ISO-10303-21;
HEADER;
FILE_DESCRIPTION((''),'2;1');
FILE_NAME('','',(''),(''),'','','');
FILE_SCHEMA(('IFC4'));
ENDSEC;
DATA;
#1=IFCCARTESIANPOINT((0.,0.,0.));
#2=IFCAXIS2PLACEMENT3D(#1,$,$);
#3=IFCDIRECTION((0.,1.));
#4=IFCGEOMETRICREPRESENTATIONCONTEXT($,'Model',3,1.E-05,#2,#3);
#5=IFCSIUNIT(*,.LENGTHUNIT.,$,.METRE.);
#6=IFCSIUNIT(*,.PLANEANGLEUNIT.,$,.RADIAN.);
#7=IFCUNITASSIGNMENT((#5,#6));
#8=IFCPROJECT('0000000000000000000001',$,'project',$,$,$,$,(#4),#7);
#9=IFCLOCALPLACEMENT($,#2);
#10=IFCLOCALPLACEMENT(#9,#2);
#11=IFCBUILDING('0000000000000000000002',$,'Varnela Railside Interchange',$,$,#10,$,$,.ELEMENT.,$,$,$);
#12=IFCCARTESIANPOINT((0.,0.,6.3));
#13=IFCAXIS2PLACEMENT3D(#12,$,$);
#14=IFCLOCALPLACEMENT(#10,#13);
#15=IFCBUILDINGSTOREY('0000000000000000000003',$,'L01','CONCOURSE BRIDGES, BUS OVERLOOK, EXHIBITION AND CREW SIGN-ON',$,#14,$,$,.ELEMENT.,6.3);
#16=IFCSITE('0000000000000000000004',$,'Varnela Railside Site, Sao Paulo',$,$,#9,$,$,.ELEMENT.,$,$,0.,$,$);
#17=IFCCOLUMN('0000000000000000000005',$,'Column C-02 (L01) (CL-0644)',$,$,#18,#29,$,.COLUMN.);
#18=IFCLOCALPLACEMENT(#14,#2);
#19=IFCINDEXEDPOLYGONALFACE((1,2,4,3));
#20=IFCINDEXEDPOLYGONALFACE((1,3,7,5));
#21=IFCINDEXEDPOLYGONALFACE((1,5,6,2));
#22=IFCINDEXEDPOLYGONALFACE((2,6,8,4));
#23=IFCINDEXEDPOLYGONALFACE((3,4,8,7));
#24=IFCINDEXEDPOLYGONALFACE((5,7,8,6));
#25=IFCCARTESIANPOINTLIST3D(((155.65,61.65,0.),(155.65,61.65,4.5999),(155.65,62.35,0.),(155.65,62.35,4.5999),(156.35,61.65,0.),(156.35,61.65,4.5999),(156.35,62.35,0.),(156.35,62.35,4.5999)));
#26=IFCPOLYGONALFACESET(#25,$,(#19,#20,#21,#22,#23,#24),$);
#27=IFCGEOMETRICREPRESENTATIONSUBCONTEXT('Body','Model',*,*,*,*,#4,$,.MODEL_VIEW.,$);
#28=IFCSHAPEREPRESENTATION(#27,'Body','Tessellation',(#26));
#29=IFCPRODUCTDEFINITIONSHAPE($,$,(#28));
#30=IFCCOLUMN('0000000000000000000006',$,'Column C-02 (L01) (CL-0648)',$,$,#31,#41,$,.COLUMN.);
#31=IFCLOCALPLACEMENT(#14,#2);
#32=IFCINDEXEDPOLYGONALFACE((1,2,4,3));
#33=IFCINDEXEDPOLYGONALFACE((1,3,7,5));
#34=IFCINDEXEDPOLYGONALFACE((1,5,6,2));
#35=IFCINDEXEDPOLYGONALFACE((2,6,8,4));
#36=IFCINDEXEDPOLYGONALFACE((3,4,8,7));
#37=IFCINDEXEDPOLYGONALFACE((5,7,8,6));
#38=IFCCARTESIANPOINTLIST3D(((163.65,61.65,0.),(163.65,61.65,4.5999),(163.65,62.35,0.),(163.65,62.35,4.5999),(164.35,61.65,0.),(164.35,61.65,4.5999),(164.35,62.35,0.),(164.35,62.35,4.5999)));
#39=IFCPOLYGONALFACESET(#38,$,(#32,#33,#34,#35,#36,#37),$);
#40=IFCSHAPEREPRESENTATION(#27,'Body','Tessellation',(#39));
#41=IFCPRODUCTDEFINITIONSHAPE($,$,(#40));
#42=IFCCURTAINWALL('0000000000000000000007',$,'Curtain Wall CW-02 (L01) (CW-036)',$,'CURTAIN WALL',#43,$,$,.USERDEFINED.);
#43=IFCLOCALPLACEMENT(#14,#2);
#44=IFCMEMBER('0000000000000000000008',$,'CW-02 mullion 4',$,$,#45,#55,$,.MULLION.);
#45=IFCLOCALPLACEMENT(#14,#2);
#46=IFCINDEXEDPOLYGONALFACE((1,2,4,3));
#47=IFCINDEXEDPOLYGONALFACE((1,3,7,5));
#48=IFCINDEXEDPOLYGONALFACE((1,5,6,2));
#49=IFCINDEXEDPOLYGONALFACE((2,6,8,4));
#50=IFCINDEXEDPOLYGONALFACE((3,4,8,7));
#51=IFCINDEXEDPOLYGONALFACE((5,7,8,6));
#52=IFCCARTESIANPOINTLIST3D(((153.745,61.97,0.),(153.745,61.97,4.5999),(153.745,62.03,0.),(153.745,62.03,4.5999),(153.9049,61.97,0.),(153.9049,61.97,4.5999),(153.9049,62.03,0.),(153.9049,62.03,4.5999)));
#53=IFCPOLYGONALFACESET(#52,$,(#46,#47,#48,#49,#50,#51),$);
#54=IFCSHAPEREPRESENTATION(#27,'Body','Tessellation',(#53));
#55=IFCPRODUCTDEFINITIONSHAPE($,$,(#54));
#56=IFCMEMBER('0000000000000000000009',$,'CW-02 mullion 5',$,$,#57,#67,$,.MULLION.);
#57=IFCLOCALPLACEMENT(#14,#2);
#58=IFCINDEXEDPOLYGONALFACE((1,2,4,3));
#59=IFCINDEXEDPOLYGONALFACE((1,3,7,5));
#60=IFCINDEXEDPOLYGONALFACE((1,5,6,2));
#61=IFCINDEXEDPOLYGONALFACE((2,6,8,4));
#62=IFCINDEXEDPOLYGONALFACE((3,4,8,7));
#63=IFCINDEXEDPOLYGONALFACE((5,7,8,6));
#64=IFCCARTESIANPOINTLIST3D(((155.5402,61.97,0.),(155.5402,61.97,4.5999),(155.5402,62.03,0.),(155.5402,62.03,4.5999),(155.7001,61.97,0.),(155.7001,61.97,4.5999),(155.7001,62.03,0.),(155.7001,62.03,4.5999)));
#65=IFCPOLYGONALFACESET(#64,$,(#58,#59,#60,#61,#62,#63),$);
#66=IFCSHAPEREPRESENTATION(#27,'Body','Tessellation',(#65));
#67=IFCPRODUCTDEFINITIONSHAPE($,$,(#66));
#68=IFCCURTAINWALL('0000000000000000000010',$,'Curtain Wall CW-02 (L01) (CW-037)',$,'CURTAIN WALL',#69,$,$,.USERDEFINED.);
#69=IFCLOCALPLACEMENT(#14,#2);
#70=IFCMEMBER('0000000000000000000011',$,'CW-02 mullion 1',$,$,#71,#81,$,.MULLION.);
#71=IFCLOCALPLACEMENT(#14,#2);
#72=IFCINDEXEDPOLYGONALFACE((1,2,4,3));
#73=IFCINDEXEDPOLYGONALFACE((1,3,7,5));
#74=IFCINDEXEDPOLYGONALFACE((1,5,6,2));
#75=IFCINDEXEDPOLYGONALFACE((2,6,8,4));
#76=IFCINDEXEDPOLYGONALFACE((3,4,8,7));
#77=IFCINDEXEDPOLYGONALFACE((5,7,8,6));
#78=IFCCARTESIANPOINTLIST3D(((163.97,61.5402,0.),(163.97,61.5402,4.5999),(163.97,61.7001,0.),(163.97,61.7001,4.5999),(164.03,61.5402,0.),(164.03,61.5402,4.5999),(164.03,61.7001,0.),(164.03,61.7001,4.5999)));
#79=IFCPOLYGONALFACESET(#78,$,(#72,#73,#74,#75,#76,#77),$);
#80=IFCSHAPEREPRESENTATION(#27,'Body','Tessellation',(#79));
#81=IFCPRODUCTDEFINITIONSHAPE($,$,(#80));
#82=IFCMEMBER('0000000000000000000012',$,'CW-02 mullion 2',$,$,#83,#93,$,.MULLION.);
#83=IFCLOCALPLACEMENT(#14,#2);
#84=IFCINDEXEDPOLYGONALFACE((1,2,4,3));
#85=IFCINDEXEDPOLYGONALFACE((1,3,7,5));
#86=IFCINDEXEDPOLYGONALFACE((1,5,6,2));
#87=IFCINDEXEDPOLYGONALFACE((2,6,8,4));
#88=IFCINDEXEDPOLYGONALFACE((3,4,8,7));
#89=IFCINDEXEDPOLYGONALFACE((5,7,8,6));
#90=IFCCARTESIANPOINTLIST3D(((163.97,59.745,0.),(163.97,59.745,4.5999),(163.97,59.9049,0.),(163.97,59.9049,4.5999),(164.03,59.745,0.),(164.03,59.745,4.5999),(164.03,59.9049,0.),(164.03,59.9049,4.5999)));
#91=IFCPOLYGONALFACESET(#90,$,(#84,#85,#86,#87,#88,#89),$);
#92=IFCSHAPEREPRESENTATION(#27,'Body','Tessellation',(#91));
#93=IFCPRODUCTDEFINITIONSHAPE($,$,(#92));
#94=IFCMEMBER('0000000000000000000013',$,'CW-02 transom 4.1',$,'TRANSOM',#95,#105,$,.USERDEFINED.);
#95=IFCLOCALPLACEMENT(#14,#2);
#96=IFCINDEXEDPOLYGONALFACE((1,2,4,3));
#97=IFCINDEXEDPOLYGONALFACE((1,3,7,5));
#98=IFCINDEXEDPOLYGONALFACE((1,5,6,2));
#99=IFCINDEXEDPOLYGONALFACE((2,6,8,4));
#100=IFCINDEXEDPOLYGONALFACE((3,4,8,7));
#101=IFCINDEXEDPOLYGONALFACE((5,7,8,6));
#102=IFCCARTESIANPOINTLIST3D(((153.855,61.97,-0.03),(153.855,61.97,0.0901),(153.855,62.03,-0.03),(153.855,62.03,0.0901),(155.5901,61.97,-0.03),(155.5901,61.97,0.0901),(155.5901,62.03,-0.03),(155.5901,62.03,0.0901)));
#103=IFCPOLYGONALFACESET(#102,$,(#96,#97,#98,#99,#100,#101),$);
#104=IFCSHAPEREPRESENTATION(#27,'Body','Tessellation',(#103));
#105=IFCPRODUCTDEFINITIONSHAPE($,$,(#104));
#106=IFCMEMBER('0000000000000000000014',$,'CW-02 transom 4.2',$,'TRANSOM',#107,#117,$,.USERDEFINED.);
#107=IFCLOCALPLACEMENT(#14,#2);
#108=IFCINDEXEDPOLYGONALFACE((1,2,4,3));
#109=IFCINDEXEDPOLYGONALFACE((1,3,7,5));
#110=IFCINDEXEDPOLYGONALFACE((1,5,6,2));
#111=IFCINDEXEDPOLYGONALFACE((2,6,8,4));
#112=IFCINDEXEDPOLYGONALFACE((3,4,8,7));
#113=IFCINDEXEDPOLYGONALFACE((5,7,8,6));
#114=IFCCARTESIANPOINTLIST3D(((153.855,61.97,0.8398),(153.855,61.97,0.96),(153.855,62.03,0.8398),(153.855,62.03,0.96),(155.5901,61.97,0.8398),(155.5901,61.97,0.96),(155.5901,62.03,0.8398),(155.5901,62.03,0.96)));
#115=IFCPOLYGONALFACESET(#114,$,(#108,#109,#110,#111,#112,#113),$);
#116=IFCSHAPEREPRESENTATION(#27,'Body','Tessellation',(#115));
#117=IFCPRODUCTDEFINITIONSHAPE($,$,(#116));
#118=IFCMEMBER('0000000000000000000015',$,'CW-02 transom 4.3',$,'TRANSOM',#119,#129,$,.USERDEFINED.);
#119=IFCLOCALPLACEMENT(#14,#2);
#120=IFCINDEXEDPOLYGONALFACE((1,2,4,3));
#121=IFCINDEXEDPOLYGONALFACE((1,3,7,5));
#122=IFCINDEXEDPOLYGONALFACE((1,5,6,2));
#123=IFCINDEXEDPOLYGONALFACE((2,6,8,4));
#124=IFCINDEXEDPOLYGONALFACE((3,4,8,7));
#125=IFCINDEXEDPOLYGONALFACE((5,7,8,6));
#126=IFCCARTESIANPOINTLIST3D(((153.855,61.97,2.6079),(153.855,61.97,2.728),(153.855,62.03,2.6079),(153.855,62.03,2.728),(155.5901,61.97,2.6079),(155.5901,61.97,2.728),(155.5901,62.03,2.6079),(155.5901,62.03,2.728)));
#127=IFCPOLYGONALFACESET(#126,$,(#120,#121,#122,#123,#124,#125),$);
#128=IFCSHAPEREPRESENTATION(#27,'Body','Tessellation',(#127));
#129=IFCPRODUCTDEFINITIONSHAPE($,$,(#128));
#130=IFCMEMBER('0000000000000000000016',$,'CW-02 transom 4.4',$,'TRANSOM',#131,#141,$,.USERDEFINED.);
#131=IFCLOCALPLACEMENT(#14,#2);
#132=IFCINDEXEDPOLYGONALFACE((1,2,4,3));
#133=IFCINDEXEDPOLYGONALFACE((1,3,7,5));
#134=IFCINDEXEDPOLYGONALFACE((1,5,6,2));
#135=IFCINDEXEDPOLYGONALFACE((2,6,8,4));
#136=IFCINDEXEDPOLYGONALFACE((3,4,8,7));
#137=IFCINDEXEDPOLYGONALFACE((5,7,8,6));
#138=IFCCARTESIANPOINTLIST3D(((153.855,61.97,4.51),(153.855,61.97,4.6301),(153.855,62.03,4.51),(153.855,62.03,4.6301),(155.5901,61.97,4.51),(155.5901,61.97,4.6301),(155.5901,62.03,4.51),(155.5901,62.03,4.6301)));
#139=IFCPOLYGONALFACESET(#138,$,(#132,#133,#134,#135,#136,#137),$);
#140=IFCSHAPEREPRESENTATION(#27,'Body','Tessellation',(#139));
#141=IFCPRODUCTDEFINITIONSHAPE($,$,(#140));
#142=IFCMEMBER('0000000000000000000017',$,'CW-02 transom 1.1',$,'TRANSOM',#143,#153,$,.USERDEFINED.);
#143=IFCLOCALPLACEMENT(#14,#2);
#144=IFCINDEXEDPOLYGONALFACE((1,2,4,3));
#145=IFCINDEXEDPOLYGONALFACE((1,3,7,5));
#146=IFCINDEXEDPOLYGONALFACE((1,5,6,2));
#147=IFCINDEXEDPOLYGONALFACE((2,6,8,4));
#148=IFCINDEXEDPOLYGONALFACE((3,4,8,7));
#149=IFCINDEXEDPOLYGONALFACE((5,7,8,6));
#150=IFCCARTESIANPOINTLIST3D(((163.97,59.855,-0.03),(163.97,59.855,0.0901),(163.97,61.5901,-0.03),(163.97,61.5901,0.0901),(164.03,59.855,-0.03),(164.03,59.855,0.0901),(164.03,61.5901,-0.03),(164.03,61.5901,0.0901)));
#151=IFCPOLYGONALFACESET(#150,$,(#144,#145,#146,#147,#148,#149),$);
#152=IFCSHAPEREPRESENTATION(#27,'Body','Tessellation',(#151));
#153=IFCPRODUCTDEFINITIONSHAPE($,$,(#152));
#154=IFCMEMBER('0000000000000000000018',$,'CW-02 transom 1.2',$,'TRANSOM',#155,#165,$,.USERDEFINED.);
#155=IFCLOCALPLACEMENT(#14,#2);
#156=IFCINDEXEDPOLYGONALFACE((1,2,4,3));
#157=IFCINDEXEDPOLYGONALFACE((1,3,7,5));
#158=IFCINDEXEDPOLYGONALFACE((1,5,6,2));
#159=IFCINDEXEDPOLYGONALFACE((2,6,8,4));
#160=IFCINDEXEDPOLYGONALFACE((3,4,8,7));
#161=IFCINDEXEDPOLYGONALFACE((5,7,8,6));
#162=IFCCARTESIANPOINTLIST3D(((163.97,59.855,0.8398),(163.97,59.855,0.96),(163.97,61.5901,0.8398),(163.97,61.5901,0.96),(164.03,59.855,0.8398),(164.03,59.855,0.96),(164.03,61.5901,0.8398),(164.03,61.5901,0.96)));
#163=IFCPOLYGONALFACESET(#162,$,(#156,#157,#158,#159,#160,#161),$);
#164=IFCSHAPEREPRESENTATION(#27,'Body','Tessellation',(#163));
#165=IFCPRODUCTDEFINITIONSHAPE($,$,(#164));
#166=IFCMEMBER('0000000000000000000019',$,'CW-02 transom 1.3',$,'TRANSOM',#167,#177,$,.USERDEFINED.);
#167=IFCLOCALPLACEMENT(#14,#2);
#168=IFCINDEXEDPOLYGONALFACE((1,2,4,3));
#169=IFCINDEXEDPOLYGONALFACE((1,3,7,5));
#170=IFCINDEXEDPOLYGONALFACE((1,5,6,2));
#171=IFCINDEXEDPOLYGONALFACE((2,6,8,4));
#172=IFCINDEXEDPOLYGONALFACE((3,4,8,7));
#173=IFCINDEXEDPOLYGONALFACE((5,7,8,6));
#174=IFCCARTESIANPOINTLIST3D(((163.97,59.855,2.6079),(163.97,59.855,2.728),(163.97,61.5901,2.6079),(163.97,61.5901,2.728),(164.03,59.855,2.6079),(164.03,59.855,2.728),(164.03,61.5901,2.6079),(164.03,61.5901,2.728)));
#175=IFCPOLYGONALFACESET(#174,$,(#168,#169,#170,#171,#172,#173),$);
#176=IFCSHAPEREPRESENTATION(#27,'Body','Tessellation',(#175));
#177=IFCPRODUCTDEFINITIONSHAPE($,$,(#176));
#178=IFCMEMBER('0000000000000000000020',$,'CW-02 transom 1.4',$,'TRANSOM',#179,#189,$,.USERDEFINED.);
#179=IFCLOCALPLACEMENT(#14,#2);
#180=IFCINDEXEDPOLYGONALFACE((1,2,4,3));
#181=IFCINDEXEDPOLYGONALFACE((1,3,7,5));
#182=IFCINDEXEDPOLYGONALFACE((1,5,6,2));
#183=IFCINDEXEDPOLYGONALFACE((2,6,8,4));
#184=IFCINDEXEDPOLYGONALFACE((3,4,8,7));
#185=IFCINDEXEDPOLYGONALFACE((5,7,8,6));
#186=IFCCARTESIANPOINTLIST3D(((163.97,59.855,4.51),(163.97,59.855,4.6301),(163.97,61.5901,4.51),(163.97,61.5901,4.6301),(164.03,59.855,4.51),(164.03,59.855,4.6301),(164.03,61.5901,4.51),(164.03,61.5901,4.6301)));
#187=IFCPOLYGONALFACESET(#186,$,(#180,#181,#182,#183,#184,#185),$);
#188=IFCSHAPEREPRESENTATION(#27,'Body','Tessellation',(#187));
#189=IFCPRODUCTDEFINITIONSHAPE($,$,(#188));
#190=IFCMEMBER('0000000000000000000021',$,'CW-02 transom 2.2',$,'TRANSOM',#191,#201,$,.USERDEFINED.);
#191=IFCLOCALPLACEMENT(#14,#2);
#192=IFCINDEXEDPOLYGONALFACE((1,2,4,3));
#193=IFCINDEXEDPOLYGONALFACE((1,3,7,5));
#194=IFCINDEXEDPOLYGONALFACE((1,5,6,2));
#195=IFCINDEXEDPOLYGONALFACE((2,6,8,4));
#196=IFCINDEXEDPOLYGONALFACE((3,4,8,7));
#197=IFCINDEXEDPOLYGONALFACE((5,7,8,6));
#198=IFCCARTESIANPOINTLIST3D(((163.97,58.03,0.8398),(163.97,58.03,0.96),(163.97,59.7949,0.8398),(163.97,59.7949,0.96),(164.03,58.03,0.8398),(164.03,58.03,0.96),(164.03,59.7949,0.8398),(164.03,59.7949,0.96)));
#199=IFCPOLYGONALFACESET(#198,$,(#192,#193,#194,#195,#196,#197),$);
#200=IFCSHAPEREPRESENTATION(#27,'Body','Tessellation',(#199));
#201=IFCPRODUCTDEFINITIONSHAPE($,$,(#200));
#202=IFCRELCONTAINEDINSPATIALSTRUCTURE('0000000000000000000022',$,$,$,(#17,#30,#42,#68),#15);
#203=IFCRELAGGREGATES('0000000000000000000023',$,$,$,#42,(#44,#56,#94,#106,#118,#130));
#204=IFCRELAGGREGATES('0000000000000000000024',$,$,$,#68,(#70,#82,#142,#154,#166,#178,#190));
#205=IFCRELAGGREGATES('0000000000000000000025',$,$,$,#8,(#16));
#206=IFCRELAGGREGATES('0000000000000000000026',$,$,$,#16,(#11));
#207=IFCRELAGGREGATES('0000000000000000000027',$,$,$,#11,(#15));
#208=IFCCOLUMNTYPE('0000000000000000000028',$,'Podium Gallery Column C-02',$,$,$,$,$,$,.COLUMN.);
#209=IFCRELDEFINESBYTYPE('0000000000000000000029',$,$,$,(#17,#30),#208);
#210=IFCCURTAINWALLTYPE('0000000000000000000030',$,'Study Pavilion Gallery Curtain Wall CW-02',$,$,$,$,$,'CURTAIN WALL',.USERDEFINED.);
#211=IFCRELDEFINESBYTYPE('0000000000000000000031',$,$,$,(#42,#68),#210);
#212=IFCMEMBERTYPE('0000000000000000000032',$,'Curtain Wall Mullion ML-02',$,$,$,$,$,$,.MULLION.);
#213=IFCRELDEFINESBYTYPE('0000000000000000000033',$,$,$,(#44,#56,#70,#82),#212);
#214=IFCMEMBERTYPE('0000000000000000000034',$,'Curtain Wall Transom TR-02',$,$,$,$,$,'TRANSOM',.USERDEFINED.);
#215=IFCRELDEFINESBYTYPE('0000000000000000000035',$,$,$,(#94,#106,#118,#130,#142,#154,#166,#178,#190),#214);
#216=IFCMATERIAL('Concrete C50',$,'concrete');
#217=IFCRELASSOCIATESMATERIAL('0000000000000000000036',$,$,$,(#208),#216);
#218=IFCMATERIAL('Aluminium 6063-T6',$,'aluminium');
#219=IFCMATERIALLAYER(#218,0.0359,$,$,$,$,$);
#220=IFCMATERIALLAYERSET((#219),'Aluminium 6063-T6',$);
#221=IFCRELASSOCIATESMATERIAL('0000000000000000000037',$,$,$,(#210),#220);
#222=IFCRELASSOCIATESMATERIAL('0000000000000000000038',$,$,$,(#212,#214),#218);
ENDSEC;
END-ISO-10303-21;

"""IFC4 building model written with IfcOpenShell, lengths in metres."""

from ifc_helpers import new_model, si_unit, direction, frame, origin, origin_2d, place, context, subcontext, project, spatial, rectangle, extrude, material, layer, layer_set, material_profile, profile_set, type_object, element, aggregate, save


model = new_model("IFC4")

# Units and contexts
model_context = context("Model", 3, precision=1e-05, world=origin(), true_north=direction((0.0, 1.0)))
body_context = subcontext(model_context, "Body", "Model", "MODEL_VIEW")
ifc_project = project(units=[si_unit("LENGTHUNIT", "METRE"), si_unit("PLANEANGLEUNIT", "RADIAN")], contexts=[model_context])

# Site, building, storey
site_placement = place(None, origin())
site = spatial("IfcSite", under=ifc_project, at=site_placement, Name="Varnela Railside Site, Sao Paulo", CompositionType="ELEMENT", RefElevation=0.0)
building_placement = place(site_placement, origin())
building = spatial("IfcBuilding", under=site, at=building_placement, Name="Varnela Railside Interchange", CompositionType="ELEMENT")
storey_placement = place(building_placement, frame((0.0, 0.0, 6.3)))
storey = spatial("IfcBuildingStorey", under=building, at=storey_placement, Name="L01", Description="CONCOURSE BRIDGES, BUS OVERLOOK, EXHIBITION AND CREW SIGN-ON", CompositionType="ELEMENT", Elevation=6.3)

# Columns
ifc_material_1 = material(Name="Concrete C50", Category="concrete")
ifc_material_profile_1 = material_profile(ifc_material_1, rectangle(XDim=0.7, YDim=0.7, at=origin_2d()), Name="RC 700x700")
ifc_profile_set_1 = profile_set([ifc_material_profile_1], Name="Concrete C50")
column_type = type_object("IfcColumnType", Name="Podium Gallery Column C-02", PredefinedType="COLUMN", material=ifc_profile_set_1)
for number, where, z_axis, x_axis, name in (
    (1, (156.0, 62.0, 0.0), (0.0, 0.0, 1.0), (1.0, 0.0, 0.0), "Column C-02 (L01) (CL-0644)"),
    (2, (164.0, 62.0, 0.0), (0.0, 0.0, 1.0), (1.0, 0.0, 0.0), "Column C-02 (L01) (CL-0648)"),
):
    element("IfcColumn", number, at=place(storey_placement, frame(where, z_axis=z_axis, x_axis=x_axis)), inside=storey, type_object=column_type, Name=name, PredefinedType="COLUMN", context=body_context, shape_type="SweptSolid", body=[
        extrude(rectangle(XDim=0.7, YDim=0.7, at=origin_2d()), origin(), (0.0, 0.0, 1.0), 4.5999),
    ])

# Curtain walls, members
ifc_material_2 = material(Name="Aluminium 6063-T6", Category="aluminium")
ifc_layer_1 = layer(ifc_material_2, 0.0359)
ifc_layer_set_1 = layer_set([ifc_layer_1], Name="Aluminium 6063-T6")
curtain_wall_type = type_object("IfcCurtainWallType", Name="Study Pavilion Gallery Curtain Wall CW-02", ElementType="CURTAIN WALL", PredefinedType="USERDEFINED", material=ifc_layer_set_1)
curtain_wall_1_placement = place(storey_placement, origin())
curtain_wall_1 = element("IfcCurtainWall", 3, at=curtain_wall_1_placement, inside=storey, type_object=curtain_wall_type, Name="Curtain Wall CW-02 (L01) (CW-036)", ObjectType="CURTAIN WALL", PredefinedType="USERDEFINED")
ifc_material_profile_2 = material_profile(ifc_material_2, rectangle(XDim=0.0601, YDim=0.1599, at=origin_2d()), Name="ALU 60x160")
ifc_profile_set_2 = profile_set([ifc_material_profile_2], Name="Aluminium 6063-T6")
member_type_1 = type_object("IfcMemberType", Name="Curtain Wall Mullion ML-02", PredefinedType="MULLION", material=ifc_profile_set_2)
member_1_placement = place(storey_placement, frame((153.825, 62.0, 0.0), z_axis=(0.0, 0.0, 1.0), x_axis=(0.0, 1.0, 0.0)))
member_1 = element("IfcMember", 4, at=member_1_placement, type_object=member_type_1, Name="CW-02 mullion 4", PredefinedType="MULLION", context=body_context, shape_type="SweptSolid", body=[
    extrude(rectangle(XDim=0.0601, YDim=0.1599, at=origin_2d()), origin(), (0.0, 0.0, 1.0), 4.5999),
])
member_2_placement = place(storey_placement, frame((155.6201, 62.0, 0.0), z_axis=(0.0, 0.0, 1.0), x_axis=(0.0, 1.0, 0.0)))
member_2 = element("IfcMember", 5, at=member_2_placement, type_object=member_type_1, Name="CW-02 mullion 5", PredefinedType="MULLION", context=body_context, shape_type="SweptSolid", body=[
    extrude(rectangle(XDim=0.0601, YDim=0.1599, at=origin_2d()), origin(), (0.0, 0.0, 1.0), 4.5999),
])
curtain_wall_2_placement = place(storey_placement, origin())
curtain_wall_2 = element("IfcCurtainWall", 6, at=curtain_wall_2_placement, inside=storey, type_object=curtain_wall_type, Name="Curtain Wall CW-02 (L01) (CW-037)", ObjectType="CURTAIN WALL", PredefinedType="USERDEFINED")
member_3_placement = place(storey_placement, frame((164.0, 61.6201, 0.0), z_axis=(0.0, 0.0, 1.0), x_axis=(1.0, 0.0, 0.0)))
member_3 = element("IfcMember", 7, at=member_3_placement, type_object=member_type_1, Name="CW-02 mullion 1", PredefinedType="MULLION", context=body_context, shape_type="SweptSolid", body=[
    extrude(rectangle(XDim=0.0601, YDim=0.1599, at=origin_2d()), origin(), (0.0, 0.0, 1.0), 4.5999),
])
member_4_placement = place(storey_placement, frame((164.0, 59.825, 0.0), z_axis=(0.0, 0.0, 1.0), x_axis=(1.0, 0.0, 0.0)))
member_4 = element("IfcMember", 8, at=member_4_placement, type_object=member_type_1, Name="CW-02 mullion 2", PredefinedType="MULLION", context=body_context, shape_type="SweptSolid", body=[
    extrude(rectangle(XDim=0.0601, YDim=0.1599, at=origin_2d()), origin(), (0.0, 0.0, 1.0), 4.5999),
])

# Members
ifc_material_profile_3 = material_profile(ifc_material_2, rectangle(XDim=0.0601, YDim=0.1201, at=origin_2d()), Name="ALU 60x120")
ifc_profile_set_3 = profile_set([ifc_material_profile_3], Name="Aluminium 6063-T6")
member_type_2 = type_object("IfcMemberType", Name="Curtain Wall Transom TR-02", ElementType="TRANSOM", PredefinedType="USERDEFINED", material=ifc_profile_set_3)
member_5_placement = place(storey_placement, frame((153.855, 62.0, 0.03), z_axis=(1.0, 0.0, 0.0), x_axis=(0.0, 1.0, 0.0)))
member_5 = element("IfcMember", 9, at=member_5_placement, type_object=member_type_2, Name="CW-02 transom 4.1", ObjectType="TRANSOM", PredefinedType="USERDEFINED", context=body_context, shape_type="SweptSolid", body=[
    extrude(rectangle(XDim=0.0601, YDim=0.1201, at=origin_2d()), origin(), (0.0, 0.0, 1.0), 1.7351),
])
member_6_placement = place(storey_placement, frame((153.855, 62.0, 0.8999), z_axis=(1.0, 0.0, 0.0), x_axis=(0.0, 1.0, 0.0)))
member_6 = element("IfcMember", 10, at=member_6_placement, type_object=member_type_2, Name="CW-02 transom 4.2", ObjectType="TRANSOM", PredefinedType="USERDEFINED", context=body_context, shape_type="SweptSolid", body=[
    extrude(rectangle(XDim=0.0601, YDim=0.1201, at=origin_2d()), origin(), (0.0, 0.0, 1.0), 1.7351),
])
member_7_placement = place(storey_placement, frame((153.855, 62.0, 2.668), z_axis=(1.0, 0.0, 0.0), x_axis=(0.0, 1.0, 0.0)))
member_7 = element("IfcMember", 11, at=member_7_placement, type_object=member_type_2, Name="CW-02 transom 4.3", ObjectType="TRANSOM", PredefinedType="USERDEFINED", context=body_context, shape_type="SweptSolid", body=[
    extrude(rectangle(XDim=0.0601, YDim=0.1201, at=origin_2d()), origin(), (0.0, 0.0, 1.0), 1.7351),
])
member_8_placement = place(storey_placement, frame((153.855, 62.0, 4.5701), z_axis=(1.0, 0.0, 0.0), x_axis=(0.0, 1.0, 0.0)))
member_8 = element("IfcMember", 12, at=member_8_placement, type_object=member_type_2, Name="CW-02 transom 4.4", ObjectType="TRANSOM", PredefinedType="USERDEFINED", context=body_context, shape_type="SweptSolid", body=[
    extrude(rectangle(XDim=0.0601, YDim=0.1201, at=origin_2d()), origin(), (0.0, 0.0, 1.0), 1.7351),
])
member_9_placement = place(storey_placement, frame((164.0, 61.5901, 0.03), z_axis=(0.0, -1.0, 0.0), x_axis=(1.0, 0.0, 0.0)))
member_9 = element("IfcMember", 13, at=member_9_placement, type_object=member_type_2, Name="CW-02 transom 1.1", ObjectType="TRANSOM", PredefinedType="USERDEFINED", context=body_context, shape_type="SweptSolid", body=[
    extrude(rectangle(XDim=0.0601, YDim=0.1201, at=origin_2d()), origin(), (0.0, 0.0, 1.0), 1.7351),
])
member_10_placement = place(storey_placement, frame((164.0, 61.5901, 0.8999), z_axis=(0.0, -1.0, 0.0), x_axis=(1.0, 0.0, 0.0)))
member_10 = element("IfcMember", 14, at=member_10_placement, type_object=member_type_2, Name="CW-02 transom 1.2", ObjectType="TRANSOM", PredefinedType="USERDEFINED", context=body_context, shape_type="SweptSolid", body=[
    extrude(rectangle(XDim=0.0601, YDim=0.1201, at=origin_2d()), origin(), (0.0, 0.0, 1.0), 1.7351),
])
member_11_placement = place(storey_placement, frame((164.0, 61.5901, 2.668), z_axis=(0.0, -1.0, 0.0), x_axis=(1.0, 0.0, 0.0)))
member_11 = element("IfcMember", 15, at=member_11_placement, type_object=member_type_2, Name="CW-02 transom 1.3", ObjectType="TRANSOM", PredefinedType="USERDEFINED", context=body_context, shape_type="SweptSolid", body=[
    extrude(rectangle(XDim=0.0601, YDim=0.1201, at=origin_2d()), origin(), (0.0, 0.0, 1.0), 1.7351),
])
member_12_placement = place(storey_placement, frame((164.0, 61.5901, 4.5701), z_axis=(0.0, -1.0, 0.0), x_axis=(1.0, 0.0, 0.0)))
member_12 = element("IfcMember", 16, at=member_12_placement, type_object=member_type_2, Name="CW-02 transom 1.4", ObjectType="TRANSOM", PredefinedType="USERDEFINED", context=body_context, shape_type="SweptSolid", body=[
    extrude(rectangle(XDim=0.0601, YDim=0.1201, at=origin_2d()), origin(), (0.0, 0.0, 1.0), 1.7351),
])
member_13_placement = place(storey_placement, frame((164.0, 59.7949, 0.8999), z_axis=(0.0, -1.0, 0.0), x_axis=(1.0, 0.0, 0.0)))
member_13 = element("IfcMember", 17, at=member_13_placement, type_object=member_type_2, Name="CW-02 transom 2.2", ObjectType="TRANSOM", PredefinedType="USERDEFINED", context=body_context, shape_type="SweptSolid", body=[
    extrude(rectangle(XDim=0.0601, YDim=0.1201, at=origin_2d()), origin(), (0.0, 0.0, 1.0), 1.7649),
])

aggregate(curtain_wall_1, [member_1, member_2, member_5, member_6, member_7, member_8])
aggregate(curtain_wall_2, [member_3, member_4, member_9, member_10, member_11, member_12, member_13])

save(model, "model.ifc")
